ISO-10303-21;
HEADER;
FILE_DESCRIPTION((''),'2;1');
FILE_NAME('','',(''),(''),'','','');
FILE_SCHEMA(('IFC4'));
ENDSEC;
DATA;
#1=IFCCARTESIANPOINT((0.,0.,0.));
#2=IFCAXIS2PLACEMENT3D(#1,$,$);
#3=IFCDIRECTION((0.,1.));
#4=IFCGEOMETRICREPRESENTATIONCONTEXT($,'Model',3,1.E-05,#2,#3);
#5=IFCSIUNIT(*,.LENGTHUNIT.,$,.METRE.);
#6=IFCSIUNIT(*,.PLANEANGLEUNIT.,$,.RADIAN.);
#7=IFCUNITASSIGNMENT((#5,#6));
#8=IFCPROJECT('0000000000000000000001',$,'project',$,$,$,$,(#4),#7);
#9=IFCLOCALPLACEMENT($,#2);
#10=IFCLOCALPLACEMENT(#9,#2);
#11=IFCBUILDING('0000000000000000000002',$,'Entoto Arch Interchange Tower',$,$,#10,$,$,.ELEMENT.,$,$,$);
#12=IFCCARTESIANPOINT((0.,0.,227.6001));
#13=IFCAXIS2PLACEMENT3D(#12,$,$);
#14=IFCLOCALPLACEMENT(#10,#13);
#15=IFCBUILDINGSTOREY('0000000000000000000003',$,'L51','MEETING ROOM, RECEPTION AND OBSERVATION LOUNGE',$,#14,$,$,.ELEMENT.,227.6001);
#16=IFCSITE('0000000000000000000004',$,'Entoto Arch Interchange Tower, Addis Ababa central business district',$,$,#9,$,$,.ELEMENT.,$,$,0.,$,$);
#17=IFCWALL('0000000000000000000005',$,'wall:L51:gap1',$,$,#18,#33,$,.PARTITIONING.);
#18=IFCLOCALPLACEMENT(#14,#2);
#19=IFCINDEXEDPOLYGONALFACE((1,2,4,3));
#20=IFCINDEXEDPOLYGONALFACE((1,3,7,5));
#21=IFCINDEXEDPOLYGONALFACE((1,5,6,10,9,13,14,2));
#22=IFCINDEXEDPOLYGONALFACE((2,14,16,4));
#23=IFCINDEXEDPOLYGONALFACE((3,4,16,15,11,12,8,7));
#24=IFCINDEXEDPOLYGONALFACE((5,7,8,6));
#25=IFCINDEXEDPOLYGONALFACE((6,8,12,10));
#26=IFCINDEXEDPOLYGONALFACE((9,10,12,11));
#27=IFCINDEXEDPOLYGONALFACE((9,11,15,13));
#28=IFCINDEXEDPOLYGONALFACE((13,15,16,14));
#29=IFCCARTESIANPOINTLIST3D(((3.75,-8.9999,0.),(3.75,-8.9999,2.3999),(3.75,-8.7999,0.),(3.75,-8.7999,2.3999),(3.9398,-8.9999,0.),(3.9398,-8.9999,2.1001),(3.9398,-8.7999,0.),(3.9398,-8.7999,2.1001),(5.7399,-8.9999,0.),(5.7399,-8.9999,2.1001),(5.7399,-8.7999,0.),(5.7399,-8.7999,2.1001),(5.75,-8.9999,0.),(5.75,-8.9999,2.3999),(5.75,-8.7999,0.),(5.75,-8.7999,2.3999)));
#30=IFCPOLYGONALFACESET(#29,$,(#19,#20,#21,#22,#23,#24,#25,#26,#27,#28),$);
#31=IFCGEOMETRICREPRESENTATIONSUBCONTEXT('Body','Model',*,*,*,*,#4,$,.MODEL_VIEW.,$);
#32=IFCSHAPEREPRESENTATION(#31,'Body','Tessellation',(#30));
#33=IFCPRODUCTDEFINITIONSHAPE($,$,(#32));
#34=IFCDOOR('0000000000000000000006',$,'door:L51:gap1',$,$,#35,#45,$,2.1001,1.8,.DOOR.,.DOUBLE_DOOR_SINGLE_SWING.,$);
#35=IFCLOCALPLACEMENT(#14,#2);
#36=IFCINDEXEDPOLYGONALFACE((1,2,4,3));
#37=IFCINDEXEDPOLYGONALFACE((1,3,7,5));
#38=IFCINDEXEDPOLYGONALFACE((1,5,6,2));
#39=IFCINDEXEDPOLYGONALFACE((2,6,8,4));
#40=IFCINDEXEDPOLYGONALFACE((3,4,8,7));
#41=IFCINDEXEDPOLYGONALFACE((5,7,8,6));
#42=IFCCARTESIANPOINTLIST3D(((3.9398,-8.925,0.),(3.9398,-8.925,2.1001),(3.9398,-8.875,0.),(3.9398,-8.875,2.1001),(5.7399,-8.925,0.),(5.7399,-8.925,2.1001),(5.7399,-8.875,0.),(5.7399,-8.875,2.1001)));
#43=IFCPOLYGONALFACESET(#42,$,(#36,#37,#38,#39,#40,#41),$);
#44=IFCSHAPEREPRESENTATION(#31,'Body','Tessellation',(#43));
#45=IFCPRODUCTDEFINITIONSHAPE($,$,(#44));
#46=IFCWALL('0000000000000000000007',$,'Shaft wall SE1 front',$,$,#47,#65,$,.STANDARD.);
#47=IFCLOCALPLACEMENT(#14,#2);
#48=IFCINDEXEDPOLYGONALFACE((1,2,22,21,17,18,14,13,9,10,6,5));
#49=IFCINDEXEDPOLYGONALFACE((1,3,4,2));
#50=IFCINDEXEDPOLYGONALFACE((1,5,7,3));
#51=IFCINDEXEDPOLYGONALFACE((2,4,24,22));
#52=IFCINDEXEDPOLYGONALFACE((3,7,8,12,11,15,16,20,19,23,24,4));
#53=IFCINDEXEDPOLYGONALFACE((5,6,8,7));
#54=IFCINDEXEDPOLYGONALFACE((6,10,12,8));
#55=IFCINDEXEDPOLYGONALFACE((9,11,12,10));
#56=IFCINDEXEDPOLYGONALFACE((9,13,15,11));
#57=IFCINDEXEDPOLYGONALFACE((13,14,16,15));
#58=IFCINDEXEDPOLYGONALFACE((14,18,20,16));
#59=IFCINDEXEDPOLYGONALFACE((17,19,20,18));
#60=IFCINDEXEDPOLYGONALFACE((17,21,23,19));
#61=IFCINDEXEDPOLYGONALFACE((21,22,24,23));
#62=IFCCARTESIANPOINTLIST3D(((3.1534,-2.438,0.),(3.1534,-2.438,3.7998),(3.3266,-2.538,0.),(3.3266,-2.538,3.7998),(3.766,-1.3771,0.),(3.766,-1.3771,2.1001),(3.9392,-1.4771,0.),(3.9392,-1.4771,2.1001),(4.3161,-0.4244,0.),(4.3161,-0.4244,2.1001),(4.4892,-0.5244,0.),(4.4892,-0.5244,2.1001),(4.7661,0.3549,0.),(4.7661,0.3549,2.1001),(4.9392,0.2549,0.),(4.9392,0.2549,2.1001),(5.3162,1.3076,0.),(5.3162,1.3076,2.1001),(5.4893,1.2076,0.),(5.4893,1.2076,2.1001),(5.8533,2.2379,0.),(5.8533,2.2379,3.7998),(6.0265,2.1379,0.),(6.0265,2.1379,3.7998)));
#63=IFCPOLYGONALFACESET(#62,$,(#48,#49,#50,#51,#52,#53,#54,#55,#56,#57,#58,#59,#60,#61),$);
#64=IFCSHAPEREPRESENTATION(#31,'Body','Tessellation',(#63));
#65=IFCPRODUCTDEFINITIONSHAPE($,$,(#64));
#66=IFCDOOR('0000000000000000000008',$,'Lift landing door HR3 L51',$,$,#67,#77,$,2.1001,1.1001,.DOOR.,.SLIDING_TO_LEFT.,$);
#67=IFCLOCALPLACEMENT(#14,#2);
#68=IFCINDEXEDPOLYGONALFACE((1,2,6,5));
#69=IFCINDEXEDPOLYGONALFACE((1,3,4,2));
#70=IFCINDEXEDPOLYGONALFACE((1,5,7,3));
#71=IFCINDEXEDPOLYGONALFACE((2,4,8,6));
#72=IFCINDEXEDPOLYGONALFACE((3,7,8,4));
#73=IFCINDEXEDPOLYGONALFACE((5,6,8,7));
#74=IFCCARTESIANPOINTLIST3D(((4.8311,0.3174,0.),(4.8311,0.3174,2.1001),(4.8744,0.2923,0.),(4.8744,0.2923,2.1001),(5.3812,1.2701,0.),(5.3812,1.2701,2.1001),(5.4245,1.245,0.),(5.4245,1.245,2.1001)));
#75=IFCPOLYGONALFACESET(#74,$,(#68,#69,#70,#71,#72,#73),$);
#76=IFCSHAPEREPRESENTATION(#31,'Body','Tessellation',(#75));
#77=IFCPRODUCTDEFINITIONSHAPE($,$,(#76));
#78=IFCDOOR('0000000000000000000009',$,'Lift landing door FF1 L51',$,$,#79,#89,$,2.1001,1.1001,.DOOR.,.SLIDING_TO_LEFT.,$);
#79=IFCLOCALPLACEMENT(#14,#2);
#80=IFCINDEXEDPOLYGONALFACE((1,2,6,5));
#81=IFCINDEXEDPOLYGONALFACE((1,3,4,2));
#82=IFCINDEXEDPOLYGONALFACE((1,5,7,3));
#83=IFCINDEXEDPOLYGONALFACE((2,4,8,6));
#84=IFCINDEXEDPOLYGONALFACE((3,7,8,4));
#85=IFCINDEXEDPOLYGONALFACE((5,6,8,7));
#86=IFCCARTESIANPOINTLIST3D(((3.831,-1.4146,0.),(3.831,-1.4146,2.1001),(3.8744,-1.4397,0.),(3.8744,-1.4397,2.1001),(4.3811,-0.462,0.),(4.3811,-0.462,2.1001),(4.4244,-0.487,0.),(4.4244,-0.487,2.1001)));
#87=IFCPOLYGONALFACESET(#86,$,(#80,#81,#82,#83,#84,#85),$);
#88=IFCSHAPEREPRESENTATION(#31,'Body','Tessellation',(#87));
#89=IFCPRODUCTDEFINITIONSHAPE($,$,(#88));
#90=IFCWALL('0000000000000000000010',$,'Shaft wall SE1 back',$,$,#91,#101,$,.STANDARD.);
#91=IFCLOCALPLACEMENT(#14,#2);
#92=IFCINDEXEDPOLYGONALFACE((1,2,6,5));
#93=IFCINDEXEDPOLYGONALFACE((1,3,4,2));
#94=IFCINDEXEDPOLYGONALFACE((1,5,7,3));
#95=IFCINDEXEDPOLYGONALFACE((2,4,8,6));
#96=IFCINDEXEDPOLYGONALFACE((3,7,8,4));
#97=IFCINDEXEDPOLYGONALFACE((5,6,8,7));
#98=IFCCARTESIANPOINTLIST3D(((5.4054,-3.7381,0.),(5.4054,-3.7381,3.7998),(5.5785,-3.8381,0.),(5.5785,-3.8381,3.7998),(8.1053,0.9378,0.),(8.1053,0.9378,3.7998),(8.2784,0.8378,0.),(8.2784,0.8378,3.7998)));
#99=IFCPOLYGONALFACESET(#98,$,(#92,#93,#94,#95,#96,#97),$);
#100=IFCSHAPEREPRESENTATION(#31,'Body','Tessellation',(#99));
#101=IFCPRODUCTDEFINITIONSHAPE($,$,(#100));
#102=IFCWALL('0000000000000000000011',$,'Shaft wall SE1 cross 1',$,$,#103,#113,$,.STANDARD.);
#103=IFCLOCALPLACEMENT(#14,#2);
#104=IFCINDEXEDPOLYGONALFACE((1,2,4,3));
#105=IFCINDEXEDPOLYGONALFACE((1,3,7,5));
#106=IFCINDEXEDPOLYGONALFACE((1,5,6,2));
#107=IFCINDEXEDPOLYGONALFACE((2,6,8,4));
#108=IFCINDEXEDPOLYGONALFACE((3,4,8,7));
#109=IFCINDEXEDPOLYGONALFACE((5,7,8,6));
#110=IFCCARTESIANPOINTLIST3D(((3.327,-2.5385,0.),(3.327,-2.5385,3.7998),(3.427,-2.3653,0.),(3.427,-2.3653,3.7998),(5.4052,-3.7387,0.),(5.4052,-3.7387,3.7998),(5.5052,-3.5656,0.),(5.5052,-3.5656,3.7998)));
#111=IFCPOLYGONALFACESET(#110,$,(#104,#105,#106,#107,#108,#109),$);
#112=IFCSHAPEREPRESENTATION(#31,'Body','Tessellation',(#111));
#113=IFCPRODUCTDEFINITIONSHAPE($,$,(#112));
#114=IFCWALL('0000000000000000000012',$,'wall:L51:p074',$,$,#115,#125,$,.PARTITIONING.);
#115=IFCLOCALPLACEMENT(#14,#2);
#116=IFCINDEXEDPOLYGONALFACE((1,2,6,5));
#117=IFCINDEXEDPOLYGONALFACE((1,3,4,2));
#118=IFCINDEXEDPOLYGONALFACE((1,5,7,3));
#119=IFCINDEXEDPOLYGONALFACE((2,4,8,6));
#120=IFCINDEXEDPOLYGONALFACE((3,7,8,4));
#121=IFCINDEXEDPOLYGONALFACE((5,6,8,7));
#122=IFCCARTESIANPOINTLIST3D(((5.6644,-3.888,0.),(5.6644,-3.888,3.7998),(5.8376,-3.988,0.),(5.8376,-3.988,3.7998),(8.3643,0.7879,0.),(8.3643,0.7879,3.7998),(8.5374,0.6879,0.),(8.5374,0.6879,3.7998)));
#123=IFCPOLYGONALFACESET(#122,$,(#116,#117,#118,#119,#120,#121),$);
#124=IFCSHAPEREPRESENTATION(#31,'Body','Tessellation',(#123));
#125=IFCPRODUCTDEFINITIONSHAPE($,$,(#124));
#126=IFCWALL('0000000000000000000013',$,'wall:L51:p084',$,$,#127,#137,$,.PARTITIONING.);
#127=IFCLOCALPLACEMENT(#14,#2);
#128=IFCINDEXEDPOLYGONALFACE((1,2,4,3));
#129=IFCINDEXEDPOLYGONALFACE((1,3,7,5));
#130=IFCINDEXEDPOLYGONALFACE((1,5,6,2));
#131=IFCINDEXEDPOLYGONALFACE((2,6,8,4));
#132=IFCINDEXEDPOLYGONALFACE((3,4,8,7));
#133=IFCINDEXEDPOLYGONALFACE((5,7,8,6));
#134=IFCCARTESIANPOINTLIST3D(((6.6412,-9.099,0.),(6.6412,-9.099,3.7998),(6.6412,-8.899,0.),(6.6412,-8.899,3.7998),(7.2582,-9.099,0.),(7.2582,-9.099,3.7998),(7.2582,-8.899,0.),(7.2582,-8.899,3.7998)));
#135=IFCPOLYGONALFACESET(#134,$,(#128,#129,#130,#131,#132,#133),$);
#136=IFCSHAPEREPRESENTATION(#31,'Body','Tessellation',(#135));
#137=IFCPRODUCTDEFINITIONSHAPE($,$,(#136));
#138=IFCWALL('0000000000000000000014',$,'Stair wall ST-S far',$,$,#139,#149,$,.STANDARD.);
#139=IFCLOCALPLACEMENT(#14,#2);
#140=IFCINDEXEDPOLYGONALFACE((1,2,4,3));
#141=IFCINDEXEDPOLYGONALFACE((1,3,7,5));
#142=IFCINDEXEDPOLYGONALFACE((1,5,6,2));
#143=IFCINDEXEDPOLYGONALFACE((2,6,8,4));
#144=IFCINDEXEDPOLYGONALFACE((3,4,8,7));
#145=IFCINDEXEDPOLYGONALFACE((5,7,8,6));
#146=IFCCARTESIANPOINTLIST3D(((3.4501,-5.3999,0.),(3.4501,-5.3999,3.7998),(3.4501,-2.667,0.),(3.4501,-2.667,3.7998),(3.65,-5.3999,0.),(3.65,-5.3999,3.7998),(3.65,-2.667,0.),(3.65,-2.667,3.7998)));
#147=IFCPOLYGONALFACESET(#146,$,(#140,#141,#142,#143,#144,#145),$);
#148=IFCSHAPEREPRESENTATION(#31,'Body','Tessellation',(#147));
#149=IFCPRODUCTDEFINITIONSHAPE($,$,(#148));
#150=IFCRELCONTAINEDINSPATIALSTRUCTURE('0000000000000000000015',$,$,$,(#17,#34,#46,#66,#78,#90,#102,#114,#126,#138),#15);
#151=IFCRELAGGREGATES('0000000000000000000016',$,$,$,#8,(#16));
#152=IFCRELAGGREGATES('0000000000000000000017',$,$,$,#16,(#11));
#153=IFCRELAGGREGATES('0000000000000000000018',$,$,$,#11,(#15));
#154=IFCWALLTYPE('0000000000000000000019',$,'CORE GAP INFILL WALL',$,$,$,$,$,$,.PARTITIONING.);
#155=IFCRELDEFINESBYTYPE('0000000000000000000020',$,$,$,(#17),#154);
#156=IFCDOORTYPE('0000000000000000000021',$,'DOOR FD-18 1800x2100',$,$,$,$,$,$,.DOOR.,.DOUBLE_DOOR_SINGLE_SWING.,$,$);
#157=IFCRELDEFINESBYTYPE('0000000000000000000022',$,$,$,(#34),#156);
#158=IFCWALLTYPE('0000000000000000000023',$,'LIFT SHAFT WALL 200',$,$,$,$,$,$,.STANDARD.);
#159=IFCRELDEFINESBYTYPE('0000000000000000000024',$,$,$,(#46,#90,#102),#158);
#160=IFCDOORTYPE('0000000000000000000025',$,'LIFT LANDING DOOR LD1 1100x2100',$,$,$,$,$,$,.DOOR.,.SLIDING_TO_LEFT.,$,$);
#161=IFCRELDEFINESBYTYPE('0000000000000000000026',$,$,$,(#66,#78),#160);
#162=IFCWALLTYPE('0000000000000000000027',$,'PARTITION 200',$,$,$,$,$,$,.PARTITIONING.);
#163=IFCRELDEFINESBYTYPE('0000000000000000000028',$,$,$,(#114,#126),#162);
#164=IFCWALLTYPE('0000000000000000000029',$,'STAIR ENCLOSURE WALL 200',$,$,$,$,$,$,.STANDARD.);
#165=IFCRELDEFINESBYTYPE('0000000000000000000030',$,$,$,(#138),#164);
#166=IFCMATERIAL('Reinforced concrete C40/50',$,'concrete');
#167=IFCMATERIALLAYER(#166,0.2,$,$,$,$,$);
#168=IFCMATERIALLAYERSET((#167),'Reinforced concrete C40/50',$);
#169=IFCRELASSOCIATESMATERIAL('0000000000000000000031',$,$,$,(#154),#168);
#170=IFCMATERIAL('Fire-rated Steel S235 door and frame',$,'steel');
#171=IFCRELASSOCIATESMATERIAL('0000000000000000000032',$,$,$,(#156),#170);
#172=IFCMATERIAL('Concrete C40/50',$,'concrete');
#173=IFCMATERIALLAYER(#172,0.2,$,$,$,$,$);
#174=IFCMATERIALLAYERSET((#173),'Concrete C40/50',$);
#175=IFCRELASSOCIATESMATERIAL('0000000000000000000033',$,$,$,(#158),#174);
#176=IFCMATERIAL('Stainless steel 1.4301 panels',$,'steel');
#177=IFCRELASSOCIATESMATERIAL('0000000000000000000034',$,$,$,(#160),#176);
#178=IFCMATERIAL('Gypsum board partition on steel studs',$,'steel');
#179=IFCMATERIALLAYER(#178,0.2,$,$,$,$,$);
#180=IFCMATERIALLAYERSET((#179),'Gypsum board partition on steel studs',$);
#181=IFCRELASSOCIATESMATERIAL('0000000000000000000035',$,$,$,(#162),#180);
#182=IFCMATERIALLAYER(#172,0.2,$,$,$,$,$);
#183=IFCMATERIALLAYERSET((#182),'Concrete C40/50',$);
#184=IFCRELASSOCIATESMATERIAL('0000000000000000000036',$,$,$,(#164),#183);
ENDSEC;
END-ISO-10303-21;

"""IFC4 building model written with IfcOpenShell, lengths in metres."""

from ifc_helpers import new_model, si_unit, direction, frame, frame_2d, origin, place, context, subcontext, project, spatial, rectangle, extrude, material, layer, layer_set, type_object, element, fill, save


model = new_model("IFC4")

# Units and contexts
model_context = context("Model", 3, precision=1e-05, world=origin(), true_north=direction((0.0, 1.0)))
body_context = subcontext(model_context, "Body", "Model", "MODEL_VIEW")
ifc_project = project(units=[si_unit("LENGTHUNIT", "METRE"), si_unit("PLANEANGLEUNIT", "RADIAN")], contexts=[model_context])

# Site, building, storey
site_placement = place(None, origin())
site = spatial("IfcSite", under=ifc_project, at=site_placement, Name="Entoto Arch Interchange Tower, Addis Ababa central business district", CompositionType="ELEMENT", RefElevation=0.0)
building_placement = place(site_placement, origin())
building = spatial("IfcBuilding", under=site, at=building_placement, Name="Entoto Arch Interchange Tower", CompositionType="ELEMENT")
storey_placement = place(building_placement, frame((0.0, 0.0, 227.6001)))
storey = spatial("IfcBuildingStorey", under=building, at=storey_placement, Name="L51", Description="MEETING ROOM, RECEPTION AND OBSERVATION LOUNGE", CompositionType="ELEMENT", Elevation=227.6001)

# Wall, opening, door
ifc_material_1 = material(Name="Reinforced concrete C40/50", Category="concrete")
ifc_layer_1 = layer(ifc_material_1, 0.2)
ifc_layer_set_1 = layer_set([ifc_layer_1], Name="Reinforced concrete C40/50")
wall_type_1 = type_object("IfcWallType", Name="CORE GAP INFILL WALL", PredefinedType="PARTITIONING", material=ifc_layer_set_1)
wall_1_placement = place(storey_placement, frame((3.75, -8.8999, 0.0), z_axis=(0.0, 0.0, 1.0), x_axis=(1.0, 0.0, 0.0)))
wall_1 = element("IfcWall", 1, at=wall_1_placement, inside=storey, type_object=wall_type_1, Name="wall:L51:gap1", PredefinedType="PARTITIONING", context=body_context, shape_type="SweptSolid", body=[
    extrude(rectangle(XDim=2.0, YDim=0.2, at=frame_2d((1.0, 0.0))), origin(), (0.0, 0.0, 1.0), 2.3999),
])
opening_1_placement = place(wall_1_placement, frame((0.1899, 0.0, 0.0)))
opening_1 = element("IfcOpeningElement", 2, at=opening_1_placement, cuts=wall_1, PredefinedType="OPENING", context=body_context, shape_type="SweptSolid", body=[
    extrude(rectangle(XDim=1.8, YDim=2.1001, at=frame_2d((0.8999, 1.05))), frame((0.0, 0.1099, 0.0), z_axis=(0.0, -1.0, 0.0), x_axis=(1.0, 0.0, 0.0)), (0.0, 0.0, 1.0), 0.22),
])
ifc_material_2 = material(Name="Fire-rated Steel S235 door and frame", Category="steel")
door_type_1 = type_object("IfcDoorType", Name="DOOR FD-18 1800x2100", OperationType="DOUBLE_DOOR_SINGLE_SWING", PredefinedType="DOOR", material=ifc_material_2)
door_1_placement = place(opening_1_placement, origin())
door_1 = element("IfcDoor", 3, at=door_1_placement, inside=storey, type_object=door_type_1, Name="door:L51:gap1", OperationType="DOUBLE_DOOR_SINGLE_SWING", OverallHeight=2.1001, OverallWidth=1.8, PredefinedType="DOOR", context=body_context, shape_type="SweptSolid", body=[
    extrude(rectangle(XDim=1.8, YDim=2.1001, at=frame_2d((0.8999, 1.05))), frame((0.0, 0.0249, 0.0), z_axis=(0.0, -1.0, 0.0), x_axis=(1.0, 0.0, 0.0)), (0.0, 0.0, 1.0), 0.05),
])
fill(opening_1, door_1)

# Wall, openings, doors
ifc_material_3 = material(Name="Concrete C40/50", Category="concrete")
ifc_layer_2 = layer(ifc_material_3, 0.2)
ifc_layer_set_2 = layer_set([ifc_layer_2], Name="Concrete C40/50")
wall_type_2 = type_object("IfcWallType", Name="LIFT SHAFT WALL 200", PredefinedType="STANDARD", material=ifc_layer_set_2)
wall_2_placement = place(storey_placement, frame((3.24, -2.488, 0.0), z_axis=(0.0, 0.0, 1.0), x_axis=(0.500034, 0.866006, 0.0)))
wall_2 = element("IfcWall", 4, at=wall_2_placement, inside=storey, type_object=wall_type_2, Name="Shaft wall SE1 front", PredefinedType="STANDARD", context=body_context, shape_type="SweptSolid", body=[
    extrude(rectangle(XDim=5.3994, YDim=0.2, at=frame_2d((2.6997, 0.0))), origin(), (0.0, 0.0, 1.0), 3.7998),
])
opening_2_placement = place(wall_2_placement, frame((3.2251, 0.0, 0.0)))
opening_2 = element("IfcOpeningElement", 5, at=opening_2_placement, cuts=wall_2, PredefinedType="OPENING", context=body_context, shape_type="SweptSolid", body=[
    extrude(rectangle(XDim=1.1001, YDim=2.1001, at=frame_2d((0.55, 1.05))), frame((0.0, 0.1099, 0.0), z_axis=(0.0, -1.0, 0.0), x_axis=(1.0, 0.0, 0.0)), (0.0, 0.0, 1.0), 0.22),
])
opening_3_placement = place(wall_2_placement, frame((1.2251, 0.0, 0.0)))
opening_3 = element("IfcOpeningElement", 6, at=opening_3_placement, cuts=wall_2, PredefinedType="OPENING", context=body_context, shape_type="SweptSolid", body=[
    extrude(rectangle(XDim=1.1001, YDim=2.1001, at=frame_2d((0.55, 1.05))), frame((0.0, 0.1099, 0.0), z_axis=(0.0, -1.0, 0.0), x_axis=(1.0, 0.0, 0.0)), (0.0, 0.0, 1.0), 0.22),
])
ifc_material_4 = material(Name="Stainless steel 1.4301 panels", Category="steel")
door_type_2 = type_object("IfcDoorType", Name="LIFT LANDING DOOR LD1 1100x2100", OperationType="SLIDING_TO_LEFT", PredefinedType="DOOR", material=ifc_material_4)
door_2_placement = place(opening_2_placement, origin())
door_2 = element("IfcDoor", 7, at=door_2_placement, inside=storey, type_object=door_type_2, Name="Lift landing door HR3 L51", OperationType="SLIDING_TO_LEFT", OverallHeight=2.1001, OverallWidth=1.1001, PredefinedType="DOOR", context=body_context, shape_type="SweptSolid", body=[
    extrude(rectangle(XDim=1.1001, YDim=2.1001, at=frame_2d((0.55, 1.05))), frame((0.0, 0.0249, 0.0), z_axis=(0.0, -1.0, 0.0), x_axis=(1.0, 0.0, 0.0)), (0.0, 0.0, 1.0), 0.05),
])
fill(opening_2, door_2)
door_3_placement = place(opening_3_placement, origin())
door_3 = element("IfcDoor", 8, at=door_3_placement, inside=storey, type_object=door_type_2, Name="Lift landing door FF1 L51", OperationType="SLIDING_TO_LEFT", OverallHeight=2.1001, OverallWidth=1.1001, PredefinedType="DOOR", context=body_context, shape_type="SweptSolid", body=[
    extrude(rectangle(XDim=1.1001, YDim=2.1001, at=frame_2d((0.55, 1.05))), frame((0.0, 0.0249, 0.0), z_axis=(0.0, -1.0, 0.0), x_axis=(1.0, 0.0, 0.0)), (0.0, 0.0, 1.0), 0.05),
])
fill(opening_3, door_3)

# Walls
wall_3_placement = place(storey_placement, frame((5.4919, -3.7881, 0.0), z_axis=(0.0, 0.0, 1.0), x_axis=(0.500034, 0.866006, 0.0)))
element("IfcWall", 9, at=wall_3_placement, inside=storey, type_object=wall_type_2, Name="Shaft wall SE1 back", PredefinedType="STANDARD", context=body_context, shape_type="SweptSolid", body=[
    extrude(rectangle(XDim=5.3994, YDim=0.2, at=frame_2d((2.6997, 0.0))), origin(), (0.0, 0.0, 1.0), 3.7998),
])
wall_4_placement = place(storey_placement, frame((3.377, -2.4519, 0.0), z_axis=(0.0, 0.0, 1.0), x_axis=(0.865955, -0.500122, 0.0)))
element("IfcWall", 10, at=wall_4_placement, inside=storey, type_object=wall_type_2, Name="Shaft wall SE1 cross 1", PredefinedType="STANDARD", context=body_context, shape_type="SweptSolid", body=[
    extrude(rectangle(XDim=2.3999, YDim=0.2, at=frame_2d((1.2, 0.0))), origin(), (0.0, 0.0, 1.0), 3.7998),
])
ifc_material_5 = material(Name="Gypsum board partition on steel studs", Category="steel")
ifc_layer_3 = layer(ifc_material_5, 0.2)
ifc_layer_set_3 = layer_set([ifc_layer_3], Name="Gypsum board partition on steel studs")
wall_type_3 = type_object("IfcWallType", Name="PARTITION 200", PredefinedType="PARTITIONING", material=ifc_layer_set_3)
wall_5_placement = place(storey_placement, frame((5.751, -3.938, 0.0), z_axis=(0.0, 0.0, 1.0), x_axis=(0.500034, 0.866006, 0.0)))
element("IfcWall", 11, at=wall_5_placement, inside=storey, type_object=wall_type_3, Name="wall:L51:p074", PredefinedType="PARTITIONING", context=body_context, shape_type="SweptSolid", body=[
    extrude(rectangle(XDim=5.3994, YDim=0.2, at=frame_2d((2.6997, 0.0))), origin(), (0.0, 0.0, 1.0), 3.7998),
])
wall_6_placement = place(storey_placement, frame((6.6411, -8.999, 0.0), z_axis=(0.0, 0.0, 1.0), x_axis=(1.0, 0.0, 0.0)))
element("IfcWall", 12, at=wall_6_placement, inside=storey, type_object=wall_type_3, Name="wall:L51:p084", PredefinedType="PARTITIONING", context=body_context, shape_type="SweptSolid", body=[
    extrude(rectangle(XDim=0.6169, YDim=0.2, at=frame_2d((0.3086, 0.0))), origin(), (0.0, 0.0, 1.0), 3.7998),
])
ifc_layer_4 = layer(ifc_material_3, 0.2)
ifc_layer_set_4 = layer_set([ifc_layer_4], Name="Concrete C40/50")
wall_type_4 = type_object("IfcWallType", Name="STAIR ENCLOSURE WALL 200", PredefinedType="STANDARD", material=ifc_layer_set_4)
wall_7_placement = place(storey_placement, frame((3.55, -2.667, 0.0), z_axis=(0.0, 0.0, 1.0), x_axis=(0.0, -1.0, 0.0)))
element("IfcWall", 13, at=wall_7_placement, inside=storey, type_object=wall_type_4, Name="Stair wall ST-S far", PredefinedType="STANDARD", context=body_context, shape_type="SweptSolid", body=[
    extrude(rectangle(XDim=2.7329, YDim=0.2, at=frame_2d((1.3665, 0.0))), origin(), (0.0, 0.0, 1.0), 3.7998),
])

save(model, "model.ifc")
